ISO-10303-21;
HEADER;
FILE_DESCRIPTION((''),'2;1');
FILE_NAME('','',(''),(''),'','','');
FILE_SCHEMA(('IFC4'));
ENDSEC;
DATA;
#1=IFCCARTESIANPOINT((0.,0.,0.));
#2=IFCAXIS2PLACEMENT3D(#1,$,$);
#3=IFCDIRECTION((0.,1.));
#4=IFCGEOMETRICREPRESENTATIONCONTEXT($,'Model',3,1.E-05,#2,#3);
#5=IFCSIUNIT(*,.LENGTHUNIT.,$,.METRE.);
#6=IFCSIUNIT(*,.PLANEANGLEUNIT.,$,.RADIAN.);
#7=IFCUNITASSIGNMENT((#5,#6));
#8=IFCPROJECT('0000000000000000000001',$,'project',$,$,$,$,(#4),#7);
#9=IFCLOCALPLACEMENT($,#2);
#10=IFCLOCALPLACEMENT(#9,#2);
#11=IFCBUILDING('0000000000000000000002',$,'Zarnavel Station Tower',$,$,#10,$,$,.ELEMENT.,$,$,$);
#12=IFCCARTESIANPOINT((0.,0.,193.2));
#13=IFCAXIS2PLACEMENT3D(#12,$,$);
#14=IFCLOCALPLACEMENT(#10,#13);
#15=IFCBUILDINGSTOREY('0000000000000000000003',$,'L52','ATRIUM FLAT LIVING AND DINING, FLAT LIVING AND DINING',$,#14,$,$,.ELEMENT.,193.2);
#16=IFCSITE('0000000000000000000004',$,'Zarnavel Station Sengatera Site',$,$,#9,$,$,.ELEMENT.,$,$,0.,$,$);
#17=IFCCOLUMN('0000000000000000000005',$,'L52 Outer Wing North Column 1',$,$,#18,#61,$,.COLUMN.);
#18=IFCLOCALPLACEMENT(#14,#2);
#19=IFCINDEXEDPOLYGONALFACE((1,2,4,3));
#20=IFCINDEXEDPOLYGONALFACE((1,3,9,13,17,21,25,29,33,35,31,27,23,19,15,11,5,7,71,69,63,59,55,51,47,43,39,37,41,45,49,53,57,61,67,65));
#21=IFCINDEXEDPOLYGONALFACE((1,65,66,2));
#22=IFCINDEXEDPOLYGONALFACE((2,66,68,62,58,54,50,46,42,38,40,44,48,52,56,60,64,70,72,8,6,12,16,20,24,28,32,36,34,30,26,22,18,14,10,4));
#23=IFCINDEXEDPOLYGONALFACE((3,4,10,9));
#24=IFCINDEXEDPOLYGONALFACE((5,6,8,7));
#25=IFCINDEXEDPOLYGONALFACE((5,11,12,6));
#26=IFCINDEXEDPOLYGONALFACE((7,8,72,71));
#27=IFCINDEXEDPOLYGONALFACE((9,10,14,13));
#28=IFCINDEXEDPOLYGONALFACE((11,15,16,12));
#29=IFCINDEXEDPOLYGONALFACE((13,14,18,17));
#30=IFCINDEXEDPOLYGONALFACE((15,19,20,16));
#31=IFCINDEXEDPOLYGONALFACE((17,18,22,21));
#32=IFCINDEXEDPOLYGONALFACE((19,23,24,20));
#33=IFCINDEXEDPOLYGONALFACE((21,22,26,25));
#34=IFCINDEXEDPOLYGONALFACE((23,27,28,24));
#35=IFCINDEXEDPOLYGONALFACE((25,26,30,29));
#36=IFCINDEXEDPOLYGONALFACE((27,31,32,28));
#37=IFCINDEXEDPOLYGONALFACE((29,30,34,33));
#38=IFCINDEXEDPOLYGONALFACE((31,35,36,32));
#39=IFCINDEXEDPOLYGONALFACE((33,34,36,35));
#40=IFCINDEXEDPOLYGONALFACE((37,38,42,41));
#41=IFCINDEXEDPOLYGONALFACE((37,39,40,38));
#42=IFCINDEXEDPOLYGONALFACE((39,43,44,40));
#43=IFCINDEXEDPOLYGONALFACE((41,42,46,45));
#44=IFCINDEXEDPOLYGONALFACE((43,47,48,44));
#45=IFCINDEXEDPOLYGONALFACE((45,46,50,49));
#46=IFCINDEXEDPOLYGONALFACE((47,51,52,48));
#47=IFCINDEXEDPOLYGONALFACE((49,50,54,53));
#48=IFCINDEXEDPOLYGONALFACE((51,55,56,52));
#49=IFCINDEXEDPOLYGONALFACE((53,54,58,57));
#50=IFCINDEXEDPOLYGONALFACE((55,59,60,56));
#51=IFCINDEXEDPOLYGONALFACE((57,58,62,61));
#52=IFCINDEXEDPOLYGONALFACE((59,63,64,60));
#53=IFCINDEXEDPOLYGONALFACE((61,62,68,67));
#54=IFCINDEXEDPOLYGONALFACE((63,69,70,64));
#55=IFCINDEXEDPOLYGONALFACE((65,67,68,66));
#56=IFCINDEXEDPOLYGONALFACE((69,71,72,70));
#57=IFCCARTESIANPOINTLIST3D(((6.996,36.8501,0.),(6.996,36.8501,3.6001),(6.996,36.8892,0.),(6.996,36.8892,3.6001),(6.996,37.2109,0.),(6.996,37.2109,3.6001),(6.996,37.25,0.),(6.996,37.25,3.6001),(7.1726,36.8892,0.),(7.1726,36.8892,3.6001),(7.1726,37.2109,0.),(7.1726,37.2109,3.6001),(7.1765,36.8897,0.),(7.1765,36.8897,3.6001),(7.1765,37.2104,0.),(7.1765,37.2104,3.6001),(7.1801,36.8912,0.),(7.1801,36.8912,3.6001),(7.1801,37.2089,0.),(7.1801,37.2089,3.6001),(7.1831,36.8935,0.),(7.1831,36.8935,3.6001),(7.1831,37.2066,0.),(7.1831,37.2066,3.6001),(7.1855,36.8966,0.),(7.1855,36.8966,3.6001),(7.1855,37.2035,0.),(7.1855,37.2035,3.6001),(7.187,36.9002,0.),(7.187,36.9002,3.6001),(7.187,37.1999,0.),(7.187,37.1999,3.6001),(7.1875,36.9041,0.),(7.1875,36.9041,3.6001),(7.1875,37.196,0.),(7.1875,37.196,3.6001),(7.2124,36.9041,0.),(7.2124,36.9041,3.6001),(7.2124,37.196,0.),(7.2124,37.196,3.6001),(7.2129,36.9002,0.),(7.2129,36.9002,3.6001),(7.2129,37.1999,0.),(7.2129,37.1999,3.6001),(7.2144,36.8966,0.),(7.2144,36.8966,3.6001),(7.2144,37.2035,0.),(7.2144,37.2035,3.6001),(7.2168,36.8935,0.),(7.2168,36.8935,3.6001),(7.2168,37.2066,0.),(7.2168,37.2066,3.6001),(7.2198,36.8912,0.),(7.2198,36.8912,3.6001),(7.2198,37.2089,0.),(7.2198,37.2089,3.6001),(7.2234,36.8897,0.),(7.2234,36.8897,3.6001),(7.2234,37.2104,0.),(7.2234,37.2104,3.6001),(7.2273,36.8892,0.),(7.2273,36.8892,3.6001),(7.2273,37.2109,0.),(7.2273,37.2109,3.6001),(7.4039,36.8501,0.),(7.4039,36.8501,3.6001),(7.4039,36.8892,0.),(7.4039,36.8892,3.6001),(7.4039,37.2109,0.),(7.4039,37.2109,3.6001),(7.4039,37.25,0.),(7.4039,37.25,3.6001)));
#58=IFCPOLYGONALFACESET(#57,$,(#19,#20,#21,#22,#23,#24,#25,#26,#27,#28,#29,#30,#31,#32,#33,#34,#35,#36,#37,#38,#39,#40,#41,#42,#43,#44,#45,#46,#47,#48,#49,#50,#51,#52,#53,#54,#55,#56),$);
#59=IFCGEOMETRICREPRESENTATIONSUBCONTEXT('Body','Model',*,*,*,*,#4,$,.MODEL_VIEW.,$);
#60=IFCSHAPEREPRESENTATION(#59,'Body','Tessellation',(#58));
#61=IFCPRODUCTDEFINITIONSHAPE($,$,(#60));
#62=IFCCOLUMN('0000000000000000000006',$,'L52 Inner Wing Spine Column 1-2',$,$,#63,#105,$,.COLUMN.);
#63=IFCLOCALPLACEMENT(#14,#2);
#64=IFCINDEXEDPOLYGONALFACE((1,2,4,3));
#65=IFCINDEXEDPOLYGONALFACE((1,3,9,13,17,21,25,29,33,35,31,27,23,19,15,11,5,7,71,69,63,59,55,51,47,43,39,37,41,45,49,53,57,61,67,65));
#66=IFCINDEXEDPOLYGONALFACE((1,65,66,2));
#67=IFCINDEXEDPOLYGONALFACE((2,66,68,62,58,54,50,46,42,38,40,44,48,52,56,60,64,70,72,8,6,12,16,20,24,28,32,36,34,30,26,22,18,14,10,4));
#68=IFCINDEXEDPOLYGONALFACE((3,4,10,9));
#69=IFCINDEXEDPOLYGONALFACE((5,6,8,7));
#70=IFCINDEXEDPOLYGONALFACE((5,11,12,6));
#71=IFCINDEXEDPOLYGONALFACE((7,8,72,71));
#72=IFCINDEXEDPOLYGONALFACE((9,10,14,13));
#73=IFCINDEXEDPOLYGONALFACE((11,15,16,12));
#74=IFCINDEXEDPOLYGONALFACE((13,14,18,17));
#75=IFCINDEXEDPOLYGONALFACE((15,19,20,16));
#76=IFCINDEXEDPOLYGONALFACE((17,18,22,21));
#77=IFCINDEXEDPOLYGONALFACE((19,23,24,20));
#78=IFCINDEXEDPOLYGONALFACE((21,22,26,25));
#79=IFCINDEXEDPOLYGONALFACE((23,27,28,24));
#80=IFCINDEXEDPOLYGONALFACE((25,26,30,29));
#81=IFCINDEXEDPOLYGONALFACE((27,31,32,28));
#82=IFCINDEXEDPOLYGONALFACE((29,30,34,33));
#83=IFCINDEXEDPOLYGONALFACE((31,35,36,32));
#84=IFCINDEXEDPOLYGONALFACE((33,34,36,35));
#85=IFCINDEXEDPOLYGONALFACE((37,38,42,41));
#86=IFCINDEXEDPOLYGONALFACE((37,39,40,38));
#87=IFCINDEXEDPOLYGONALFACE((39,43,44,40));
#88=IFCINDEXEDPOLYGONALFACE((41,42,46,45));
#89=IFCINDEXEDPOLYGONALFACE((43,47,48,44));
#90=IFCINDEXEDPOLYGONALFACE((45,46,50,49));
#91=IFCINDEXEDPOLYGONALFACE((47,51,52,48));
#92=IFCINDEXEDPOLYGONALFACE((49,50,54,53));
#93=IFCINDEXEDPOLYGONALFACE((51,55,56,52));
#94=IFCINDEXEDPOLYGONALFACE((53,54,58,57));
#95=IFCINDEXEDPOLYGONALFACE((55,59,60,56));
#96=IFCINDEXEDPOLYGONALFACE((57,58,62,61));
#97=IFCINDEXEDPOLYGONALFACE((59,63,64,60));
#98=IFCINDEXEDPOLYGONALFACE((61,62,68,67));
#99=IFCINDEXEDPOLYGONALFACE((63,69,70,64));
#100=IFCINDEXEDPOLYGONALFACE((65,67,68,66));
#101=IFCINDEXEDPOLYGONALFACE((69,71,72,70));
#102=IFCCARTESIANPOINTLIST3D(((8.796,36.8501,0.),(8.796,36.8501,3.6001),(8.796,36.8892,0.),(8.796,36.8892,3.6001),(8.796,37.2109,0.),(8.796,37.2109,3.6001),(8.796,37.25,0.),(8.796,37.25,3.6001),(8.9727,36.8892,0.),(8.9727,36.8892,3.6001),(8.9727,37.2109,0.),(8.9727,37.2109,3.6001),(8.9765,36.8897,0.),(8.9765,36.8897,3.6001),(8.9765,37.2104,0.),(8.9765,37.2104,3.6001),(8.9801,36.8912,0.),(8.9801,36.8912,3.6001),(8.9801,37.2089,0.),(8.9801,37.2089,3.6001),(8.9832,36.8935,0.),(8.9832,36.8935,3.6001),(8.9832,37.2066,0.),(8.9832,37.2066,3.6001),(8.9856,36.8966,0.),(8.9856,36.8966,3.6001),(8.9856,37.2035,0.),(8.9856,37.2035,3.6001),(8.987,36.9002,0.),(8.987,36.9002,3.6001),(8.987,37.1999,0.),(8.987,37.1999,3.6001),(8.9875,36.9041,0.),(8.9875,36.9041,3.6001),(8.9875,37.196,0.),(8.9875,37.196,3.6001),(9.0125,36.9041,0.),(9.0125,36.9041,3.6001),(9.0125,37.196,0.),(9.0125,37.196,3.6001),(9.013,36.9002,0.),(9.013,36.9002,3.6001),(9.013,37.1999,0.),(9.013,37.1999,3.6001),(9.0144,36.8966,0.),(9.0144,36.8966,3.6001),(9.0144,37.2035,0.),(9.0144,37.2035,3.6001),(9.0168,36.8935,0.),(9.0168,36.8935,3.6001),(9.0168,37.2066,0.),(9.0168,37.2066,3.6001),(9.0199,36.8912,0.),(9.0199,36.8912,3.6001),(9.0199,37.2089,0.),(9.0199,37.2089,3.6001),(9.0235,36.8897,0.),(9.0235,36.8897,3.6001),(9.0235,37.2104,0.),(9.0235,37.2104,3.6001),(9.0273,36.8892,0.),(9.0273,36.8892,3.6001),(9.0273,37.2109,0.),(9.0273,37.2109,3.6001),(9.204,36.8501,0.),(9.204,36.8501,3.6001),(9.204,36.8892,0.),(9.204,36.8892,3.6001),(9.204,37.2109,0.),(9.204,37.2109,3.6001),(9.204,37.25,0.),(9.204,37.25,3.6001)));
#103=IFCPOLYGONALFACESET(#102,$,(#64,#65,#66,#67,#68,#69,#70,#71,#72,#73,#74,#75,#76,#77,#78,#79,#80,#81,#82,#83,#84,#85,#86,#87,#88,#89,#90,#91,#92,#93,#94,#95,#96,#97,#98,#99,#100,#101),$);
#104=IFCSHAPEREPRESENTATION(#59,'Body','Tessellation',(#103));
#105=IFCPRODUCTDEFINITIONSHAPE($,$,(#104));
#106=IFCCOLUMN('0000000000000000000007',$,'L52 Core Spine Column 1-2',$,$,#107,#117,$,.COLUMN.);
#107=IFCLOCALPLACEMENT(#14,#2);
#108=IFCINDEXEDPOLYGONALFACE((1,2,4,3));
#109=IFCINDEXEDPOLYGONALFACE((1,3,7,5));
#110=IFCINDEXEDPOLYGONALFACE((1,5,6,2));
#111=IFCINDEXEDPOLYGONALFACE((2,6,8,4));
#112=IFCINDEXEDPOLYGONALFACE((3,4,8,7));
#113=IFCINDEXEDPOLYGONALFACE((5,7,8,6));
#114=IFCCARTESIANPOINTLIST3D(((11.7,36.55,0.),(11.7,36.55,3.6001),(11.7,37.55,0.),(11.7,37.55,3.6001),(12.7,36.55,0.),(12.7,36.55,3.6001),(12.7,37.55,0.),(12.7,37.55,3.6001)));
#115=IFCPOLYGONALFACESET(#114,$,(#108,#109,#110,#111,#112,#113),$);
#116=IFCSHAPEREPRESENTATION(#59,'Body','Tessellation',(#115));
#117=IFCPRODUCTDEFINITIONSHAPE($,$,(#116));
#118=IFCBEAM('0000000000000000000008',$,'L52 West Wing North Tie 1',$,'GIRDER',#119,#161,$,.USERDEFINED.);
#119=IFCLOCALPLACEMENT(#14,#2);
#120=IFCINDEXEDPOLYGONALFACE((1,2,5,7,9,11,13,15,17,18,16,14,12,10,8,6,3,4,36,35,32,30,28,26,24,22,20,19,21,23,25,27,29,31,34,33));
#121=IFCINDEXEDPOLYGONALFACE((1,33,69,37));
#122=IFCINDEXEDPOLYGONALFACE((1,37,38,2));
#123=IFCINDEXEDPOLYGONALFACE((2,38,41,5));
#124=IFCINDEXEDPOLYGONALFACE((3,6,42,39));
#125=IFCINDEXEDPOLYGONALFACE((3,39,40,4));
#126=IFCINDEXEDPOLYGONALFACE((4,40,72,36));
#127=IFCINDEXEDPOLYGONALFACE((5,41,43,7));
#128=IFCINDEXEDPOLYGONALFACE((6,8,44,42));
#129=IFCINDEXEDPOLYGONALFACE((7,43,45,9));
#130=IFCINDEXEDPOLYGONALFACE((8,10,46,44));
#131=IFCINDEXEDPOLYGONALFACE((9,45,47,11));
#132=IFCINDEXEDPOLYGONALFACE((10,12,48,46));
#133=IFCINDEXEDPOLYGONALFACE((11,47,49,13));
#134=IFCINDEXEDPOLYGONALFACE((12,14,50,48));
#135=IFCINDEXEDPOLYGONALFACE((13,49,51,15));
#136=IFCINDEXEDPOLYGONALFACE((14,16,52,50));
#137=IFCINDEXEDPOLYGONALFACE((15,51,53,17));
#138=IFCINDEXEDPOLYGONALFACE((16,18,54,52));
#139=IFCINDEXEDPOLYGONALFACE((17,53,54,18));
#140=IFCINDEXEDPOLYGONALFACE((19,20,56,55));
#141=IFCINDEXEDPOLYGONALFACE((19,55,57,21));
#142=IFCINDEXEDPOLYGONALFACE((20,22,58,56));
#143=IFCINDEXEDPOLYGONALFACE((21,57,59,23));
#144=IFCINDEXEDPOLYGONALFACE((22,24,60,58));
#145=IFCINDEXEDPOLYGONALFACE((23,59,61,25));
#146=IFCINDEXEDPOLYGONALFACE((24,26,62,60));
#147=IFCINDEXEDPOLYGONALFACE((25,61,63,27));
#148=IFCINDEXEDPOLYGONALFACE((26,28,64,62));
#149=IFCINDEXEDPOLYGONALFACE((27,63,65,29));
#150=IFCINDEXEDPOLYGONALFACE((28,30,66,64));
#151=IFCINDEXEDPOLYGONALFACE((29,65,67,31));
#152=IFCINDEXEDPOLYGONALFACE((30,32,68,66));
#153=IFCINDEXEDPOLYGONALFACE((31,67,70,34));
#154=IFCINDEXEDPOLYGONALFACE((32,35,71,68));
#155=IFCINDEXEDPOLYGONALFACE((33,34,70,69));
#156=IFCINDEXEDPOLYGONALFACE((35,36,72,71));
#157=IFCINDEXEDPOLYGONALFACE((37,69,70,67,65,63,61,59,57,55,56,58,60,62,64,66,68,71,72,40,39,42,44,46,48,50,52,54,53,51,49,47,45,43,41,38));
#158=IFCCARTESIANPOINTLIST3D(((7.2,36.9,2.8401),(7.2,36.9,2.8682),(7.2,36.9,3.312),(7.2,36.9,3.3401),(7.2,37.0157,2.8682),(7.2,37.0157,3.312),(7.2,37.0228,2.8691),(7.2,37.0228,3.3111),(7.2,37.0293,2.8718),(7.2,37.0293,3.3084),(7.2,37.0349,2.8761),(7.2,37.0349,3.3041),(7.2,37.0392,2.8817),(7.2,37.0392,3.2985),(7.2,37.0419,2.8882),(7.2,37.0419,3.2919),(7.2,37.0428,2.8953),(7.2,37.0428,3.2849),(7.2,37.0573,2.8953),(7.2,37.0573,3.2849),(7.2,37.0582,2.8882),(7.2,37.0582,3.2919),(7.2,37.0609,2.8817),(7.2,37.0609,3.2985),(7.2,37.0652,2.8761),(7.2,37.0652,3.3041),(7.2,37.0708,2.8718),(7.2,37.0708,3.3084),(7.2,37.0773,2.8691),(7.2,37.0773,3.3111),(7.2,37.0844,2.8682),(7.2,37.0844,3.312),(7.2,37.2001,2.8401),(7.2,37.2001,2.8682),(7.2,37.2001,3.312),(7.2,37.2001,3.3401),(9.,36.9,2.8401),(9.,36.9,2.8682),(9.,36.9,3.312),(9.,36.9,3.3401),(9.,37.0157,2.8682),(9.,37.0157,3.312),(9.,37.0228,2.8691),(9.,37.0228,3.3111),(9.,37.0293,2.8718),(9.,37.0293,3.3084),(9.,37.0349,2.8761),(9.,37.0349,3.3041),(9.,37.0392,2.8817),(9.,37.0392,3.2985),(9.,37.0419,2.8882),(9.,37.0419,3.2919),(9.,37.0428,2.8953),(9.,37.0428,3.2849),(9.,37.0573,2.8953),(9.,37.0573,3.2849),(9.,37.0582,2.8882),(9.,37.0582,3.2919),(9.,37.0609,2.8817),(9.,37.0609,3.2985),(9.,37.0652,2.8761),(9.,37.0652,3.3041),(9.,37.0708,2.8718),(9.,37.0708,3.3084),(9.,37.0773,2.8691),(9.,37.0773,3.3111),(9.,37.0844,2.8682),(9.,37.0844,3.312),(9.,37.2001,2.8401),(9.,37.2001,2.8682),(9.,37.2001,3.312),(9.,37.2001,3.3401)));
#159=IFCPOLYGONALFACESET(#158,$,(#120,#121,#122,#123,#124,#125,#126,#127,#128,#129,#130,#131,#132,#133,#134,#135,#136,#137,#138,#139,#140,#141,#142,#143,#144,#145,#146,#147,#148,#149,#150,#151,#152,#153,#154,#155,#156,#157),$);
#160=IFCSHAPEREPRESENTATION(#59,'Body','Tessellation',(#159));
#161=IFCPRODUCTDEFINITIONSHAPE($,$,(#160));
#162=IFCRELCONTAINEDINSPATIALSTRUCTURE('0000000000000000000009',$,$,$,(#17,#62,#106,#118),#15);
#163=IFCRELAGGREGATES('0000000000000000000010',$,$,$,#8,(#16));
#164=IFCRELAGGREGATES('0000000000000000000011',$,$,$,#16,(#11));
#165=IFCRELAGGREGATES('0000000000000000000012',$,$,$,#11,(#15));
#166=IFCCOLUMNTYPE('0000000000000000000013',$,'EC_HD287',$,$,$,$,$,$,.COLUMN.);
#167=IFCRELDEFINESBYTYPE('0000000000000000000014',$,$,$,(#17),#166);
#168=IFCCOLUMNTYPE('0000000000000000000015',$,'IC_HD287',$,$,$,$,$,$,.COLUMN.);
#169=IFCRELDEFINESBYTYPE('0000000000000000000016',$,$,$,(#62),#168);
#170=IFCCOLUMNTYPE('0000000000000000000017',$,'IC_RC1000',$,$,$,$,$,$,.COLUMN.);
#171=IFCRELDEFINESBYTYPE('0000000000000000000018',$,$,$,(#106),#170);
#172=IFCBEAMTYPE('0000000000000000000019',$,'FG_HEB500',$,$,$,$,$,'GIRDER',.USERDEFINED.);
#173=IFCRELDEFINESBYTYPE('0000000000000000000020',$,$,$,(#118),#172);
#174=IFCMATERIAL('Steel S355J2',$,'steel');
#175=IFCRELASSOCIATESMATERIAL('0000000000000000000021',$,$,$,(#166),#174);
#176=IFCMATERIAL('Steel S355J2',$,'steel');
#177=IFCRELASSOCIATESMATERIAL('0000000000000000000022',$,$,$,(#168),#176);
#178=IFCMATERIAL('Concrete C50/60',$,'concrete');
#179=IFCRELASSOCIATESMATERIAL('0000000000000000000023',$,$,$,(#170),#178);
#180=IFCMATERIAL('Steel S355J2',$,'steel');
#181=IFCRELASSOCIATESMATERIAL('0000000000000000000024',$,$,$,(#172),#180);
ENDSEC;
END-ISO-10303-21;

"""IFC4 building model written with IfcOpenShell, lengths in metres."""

from ifc_helpers import new_model, si_unit, direction, frame, origin, origin_2d, place, context, subcontext, project, spatial, rectangle, i_section, extrude, material, material_profile, profile_set, type_object, element, save


model = new_model("IFC4")

# Units and contexts
model_context = context("Model", 3, precision=1e-05, world=origin(), true_north=direction((0.0, 1.0)))
body_context = subcontext(model_context, "Body", "Model", "MODEL_VIEW")
ifc_project = project(units=[si_unit("LENGTHUNIT", "METRE"), si_unit("PLANEANGLEUNIT", "RADIAN")], contexts=[model_context])

# Site, building, storey
site_placement = place(None, origin())
site = spatial("IfcSite", under=ifc_project, at=site_placement, Name="Zarnavel Station Sengatera Site", CompositionType="ELEMENT", RefElevation=0.0)
building_placement = place(site_placement, origin())
building = spatial("IfcBuilding", under=site, at=building_placement, Name="Zarnavel Station Tower", CompositionType="ELEMENT")
storey_placement = place(building_placement, frame((0.0, 0.0, 193.2)))
storey = spatial("IfcBuildingStorey", under=building, at=storey_placement, Name="L52", Description="ATRIUM FLAT LIVING AND DINING, FLAT LIVING AND DINING", CompositionType="ELEMENT", Elevation=193.2)

# Columns
ifc_material_1 = material(Name="Steel S355J2", Category="steel")
ifc_material_profile_1 = material_profile(ifc_material_1, i_section(OverallWidth=0.408, OverallDepth=0.3999, WebThickness=0.0249, FlangeThickness=0.0391, FilletRadius=0.0149, at=origin_2d()), Name="HD400x287")
ifc_profile_set_1 = profile_set([ifc_material_profile_1], Name="Steel S355J2")
column_type_1 = type_object("IfcColumnType", Name="EC_HD287", PredefinedType="COLUMN", material=ifc_profile_set_1)
column_1_placement = place(storey_placement, frame((7.2, 37.05, 0.0), z_axis=(0.0, 0.0, 1.0), x_axis=(1.0, 0.0, 0.0)))
element("IfcColumn", 1, at=column_1_placement, inside=storey, type_object=column_type_1, Name="L52 Outer Wing North Column 1", PredefinedType="COLUMN", context=body_context, shape_type="SweptSolid", body=[
    extrude(i_section(OverallWidth=0.408, OverallDepth=0.3999, WebThickness=0.0249, FlangeThickness=0.0391, FilletRadius=0.0149, at=origin_2d()), origin(), (0.0, 0.0, 1.0), 3.6001),
])
ifc_material_2 = material(Name="Steel S355J2", Category="steel")
ifc_material_profile_2 = material_profile(ifc_material_2, i_section(OverallWidth=0.408, OverallDepth=0.3999, WebThickness=0.0249, FlangeThickness=0.0391, FilletRadius=0.0149, at=origin_2d()), Name="HD400x287")
ifc_profile_set_2 = profile_set([ifc_material_profile_2], Name="Steel S355J2")
column_type_2 = type_object("IfcColumnType", Name="IC_HD287", PredefinedType="COLUMN", material=ifc_profile_set_2)
column_2_placement = place(storey_placement, frame((9.0, 37.05, 0.0), z_axis=(0.0, 0.0, 1.0), x_axis=(1.0, 0.0, 0.0)))
element("IfcColumn", 2, at=column_2_placement, inside=storey, type_object=column_type_2, Name="L52 Inner Wing Spine Column 1-2", PredefinedType="COLUMN", context=body_context, shape_type="SweptSolid", body=[
    extrude(i_section(OverallWidth=0.408, OverallDepth=0.3999, WebThickness=0.0249, FlangeThickness=0.0391, FilletRadius=0.0149, at=origin_2d()), origin(), (0.0, 0.0, 1.0), 3.6001),
])
ifc_material_3 = material(Name="Concrete C50/60", Category="concrete")
ifc_material_profile_3 = material_profile(ifc_material_3, rectangle(XDim=1.0, YDim=1.0, at=origin_2d()), Name="RC1000x1000")
ifc_profile_set_3 = profile_set([ifc_material_profile_3], Name="Concrete C50/60")
column_type_3 = type_object("IfcColumnType", Name="IC_RC1000", PredefinedType="COLUMN", material=ifc_profile_set_3)
column_3_placement = place(storey_placement, frame((12.2, 37.05, 0.0), z_axis=(0.0, 0.0, 1.0), x_axis=(1.0, 0.0, 0.0)))
element("IfcColumn", 3, at=column_3_placement, inside=storey, type_object=column_type_3, Name="L52 Core Spine Column 1-2", PredefinedType="COLUMN", context=body_context, shape_type="SweptSolid", body=[
    extrude(rectangle(XDim=1.0, YDim=1.0, at=origin_2d()), origin(), (0.0, 0.0, 1.0), 3.6001),
])

# Beam
ifc_material_4 = material(Name="Steel S355J2", Category="steel")
ifc_material_profile_4 = material_profile(ifc_material_4, i_section(OverallWidth=0.3, OverallDepth=0.5, WebThickness=0.0144, FlangeThickness=0.0281, FilletRadius=0.0271, at=origin_2d()), Name="HEB500")
ifc_profile_set_4 = profile_set([ifc_material_profile_4], Name="Steel S355J2")
beam_type_1 = type_object("IfcBeamType", Name="FG_HEB500", ElementType="GIRDER", PredefinedType="USERDEFINED", material=ifc_profile_set_4)
beam_1_placement = place(storey_placement, frame((7.2, 37.05, 3.0901), z_axis=(1.0, 0.0, 0.0), x_axis=(0.0, 1.0, 0.0)))
element("IfcBeam", 4, at=beam_1_placement, inside=storey, type_object=beam_type_1, Name="L52 West Wing North Tie 1", ObjectType="GIRDER", PredefinedType="USERDEFINED", context=body_context, shape_type="SweptSolid", body=[
    extrude(i_section(OverallWidth=0.3, OverallDepth=0.5, WebThickness=0.0144, FlangeThickness=0.0281, FilletRadius=0.0271, at=origin_2d()), origin(), (0.0, 0.0, 1.0), 1.8),
])

save(model, "model.ifc")
